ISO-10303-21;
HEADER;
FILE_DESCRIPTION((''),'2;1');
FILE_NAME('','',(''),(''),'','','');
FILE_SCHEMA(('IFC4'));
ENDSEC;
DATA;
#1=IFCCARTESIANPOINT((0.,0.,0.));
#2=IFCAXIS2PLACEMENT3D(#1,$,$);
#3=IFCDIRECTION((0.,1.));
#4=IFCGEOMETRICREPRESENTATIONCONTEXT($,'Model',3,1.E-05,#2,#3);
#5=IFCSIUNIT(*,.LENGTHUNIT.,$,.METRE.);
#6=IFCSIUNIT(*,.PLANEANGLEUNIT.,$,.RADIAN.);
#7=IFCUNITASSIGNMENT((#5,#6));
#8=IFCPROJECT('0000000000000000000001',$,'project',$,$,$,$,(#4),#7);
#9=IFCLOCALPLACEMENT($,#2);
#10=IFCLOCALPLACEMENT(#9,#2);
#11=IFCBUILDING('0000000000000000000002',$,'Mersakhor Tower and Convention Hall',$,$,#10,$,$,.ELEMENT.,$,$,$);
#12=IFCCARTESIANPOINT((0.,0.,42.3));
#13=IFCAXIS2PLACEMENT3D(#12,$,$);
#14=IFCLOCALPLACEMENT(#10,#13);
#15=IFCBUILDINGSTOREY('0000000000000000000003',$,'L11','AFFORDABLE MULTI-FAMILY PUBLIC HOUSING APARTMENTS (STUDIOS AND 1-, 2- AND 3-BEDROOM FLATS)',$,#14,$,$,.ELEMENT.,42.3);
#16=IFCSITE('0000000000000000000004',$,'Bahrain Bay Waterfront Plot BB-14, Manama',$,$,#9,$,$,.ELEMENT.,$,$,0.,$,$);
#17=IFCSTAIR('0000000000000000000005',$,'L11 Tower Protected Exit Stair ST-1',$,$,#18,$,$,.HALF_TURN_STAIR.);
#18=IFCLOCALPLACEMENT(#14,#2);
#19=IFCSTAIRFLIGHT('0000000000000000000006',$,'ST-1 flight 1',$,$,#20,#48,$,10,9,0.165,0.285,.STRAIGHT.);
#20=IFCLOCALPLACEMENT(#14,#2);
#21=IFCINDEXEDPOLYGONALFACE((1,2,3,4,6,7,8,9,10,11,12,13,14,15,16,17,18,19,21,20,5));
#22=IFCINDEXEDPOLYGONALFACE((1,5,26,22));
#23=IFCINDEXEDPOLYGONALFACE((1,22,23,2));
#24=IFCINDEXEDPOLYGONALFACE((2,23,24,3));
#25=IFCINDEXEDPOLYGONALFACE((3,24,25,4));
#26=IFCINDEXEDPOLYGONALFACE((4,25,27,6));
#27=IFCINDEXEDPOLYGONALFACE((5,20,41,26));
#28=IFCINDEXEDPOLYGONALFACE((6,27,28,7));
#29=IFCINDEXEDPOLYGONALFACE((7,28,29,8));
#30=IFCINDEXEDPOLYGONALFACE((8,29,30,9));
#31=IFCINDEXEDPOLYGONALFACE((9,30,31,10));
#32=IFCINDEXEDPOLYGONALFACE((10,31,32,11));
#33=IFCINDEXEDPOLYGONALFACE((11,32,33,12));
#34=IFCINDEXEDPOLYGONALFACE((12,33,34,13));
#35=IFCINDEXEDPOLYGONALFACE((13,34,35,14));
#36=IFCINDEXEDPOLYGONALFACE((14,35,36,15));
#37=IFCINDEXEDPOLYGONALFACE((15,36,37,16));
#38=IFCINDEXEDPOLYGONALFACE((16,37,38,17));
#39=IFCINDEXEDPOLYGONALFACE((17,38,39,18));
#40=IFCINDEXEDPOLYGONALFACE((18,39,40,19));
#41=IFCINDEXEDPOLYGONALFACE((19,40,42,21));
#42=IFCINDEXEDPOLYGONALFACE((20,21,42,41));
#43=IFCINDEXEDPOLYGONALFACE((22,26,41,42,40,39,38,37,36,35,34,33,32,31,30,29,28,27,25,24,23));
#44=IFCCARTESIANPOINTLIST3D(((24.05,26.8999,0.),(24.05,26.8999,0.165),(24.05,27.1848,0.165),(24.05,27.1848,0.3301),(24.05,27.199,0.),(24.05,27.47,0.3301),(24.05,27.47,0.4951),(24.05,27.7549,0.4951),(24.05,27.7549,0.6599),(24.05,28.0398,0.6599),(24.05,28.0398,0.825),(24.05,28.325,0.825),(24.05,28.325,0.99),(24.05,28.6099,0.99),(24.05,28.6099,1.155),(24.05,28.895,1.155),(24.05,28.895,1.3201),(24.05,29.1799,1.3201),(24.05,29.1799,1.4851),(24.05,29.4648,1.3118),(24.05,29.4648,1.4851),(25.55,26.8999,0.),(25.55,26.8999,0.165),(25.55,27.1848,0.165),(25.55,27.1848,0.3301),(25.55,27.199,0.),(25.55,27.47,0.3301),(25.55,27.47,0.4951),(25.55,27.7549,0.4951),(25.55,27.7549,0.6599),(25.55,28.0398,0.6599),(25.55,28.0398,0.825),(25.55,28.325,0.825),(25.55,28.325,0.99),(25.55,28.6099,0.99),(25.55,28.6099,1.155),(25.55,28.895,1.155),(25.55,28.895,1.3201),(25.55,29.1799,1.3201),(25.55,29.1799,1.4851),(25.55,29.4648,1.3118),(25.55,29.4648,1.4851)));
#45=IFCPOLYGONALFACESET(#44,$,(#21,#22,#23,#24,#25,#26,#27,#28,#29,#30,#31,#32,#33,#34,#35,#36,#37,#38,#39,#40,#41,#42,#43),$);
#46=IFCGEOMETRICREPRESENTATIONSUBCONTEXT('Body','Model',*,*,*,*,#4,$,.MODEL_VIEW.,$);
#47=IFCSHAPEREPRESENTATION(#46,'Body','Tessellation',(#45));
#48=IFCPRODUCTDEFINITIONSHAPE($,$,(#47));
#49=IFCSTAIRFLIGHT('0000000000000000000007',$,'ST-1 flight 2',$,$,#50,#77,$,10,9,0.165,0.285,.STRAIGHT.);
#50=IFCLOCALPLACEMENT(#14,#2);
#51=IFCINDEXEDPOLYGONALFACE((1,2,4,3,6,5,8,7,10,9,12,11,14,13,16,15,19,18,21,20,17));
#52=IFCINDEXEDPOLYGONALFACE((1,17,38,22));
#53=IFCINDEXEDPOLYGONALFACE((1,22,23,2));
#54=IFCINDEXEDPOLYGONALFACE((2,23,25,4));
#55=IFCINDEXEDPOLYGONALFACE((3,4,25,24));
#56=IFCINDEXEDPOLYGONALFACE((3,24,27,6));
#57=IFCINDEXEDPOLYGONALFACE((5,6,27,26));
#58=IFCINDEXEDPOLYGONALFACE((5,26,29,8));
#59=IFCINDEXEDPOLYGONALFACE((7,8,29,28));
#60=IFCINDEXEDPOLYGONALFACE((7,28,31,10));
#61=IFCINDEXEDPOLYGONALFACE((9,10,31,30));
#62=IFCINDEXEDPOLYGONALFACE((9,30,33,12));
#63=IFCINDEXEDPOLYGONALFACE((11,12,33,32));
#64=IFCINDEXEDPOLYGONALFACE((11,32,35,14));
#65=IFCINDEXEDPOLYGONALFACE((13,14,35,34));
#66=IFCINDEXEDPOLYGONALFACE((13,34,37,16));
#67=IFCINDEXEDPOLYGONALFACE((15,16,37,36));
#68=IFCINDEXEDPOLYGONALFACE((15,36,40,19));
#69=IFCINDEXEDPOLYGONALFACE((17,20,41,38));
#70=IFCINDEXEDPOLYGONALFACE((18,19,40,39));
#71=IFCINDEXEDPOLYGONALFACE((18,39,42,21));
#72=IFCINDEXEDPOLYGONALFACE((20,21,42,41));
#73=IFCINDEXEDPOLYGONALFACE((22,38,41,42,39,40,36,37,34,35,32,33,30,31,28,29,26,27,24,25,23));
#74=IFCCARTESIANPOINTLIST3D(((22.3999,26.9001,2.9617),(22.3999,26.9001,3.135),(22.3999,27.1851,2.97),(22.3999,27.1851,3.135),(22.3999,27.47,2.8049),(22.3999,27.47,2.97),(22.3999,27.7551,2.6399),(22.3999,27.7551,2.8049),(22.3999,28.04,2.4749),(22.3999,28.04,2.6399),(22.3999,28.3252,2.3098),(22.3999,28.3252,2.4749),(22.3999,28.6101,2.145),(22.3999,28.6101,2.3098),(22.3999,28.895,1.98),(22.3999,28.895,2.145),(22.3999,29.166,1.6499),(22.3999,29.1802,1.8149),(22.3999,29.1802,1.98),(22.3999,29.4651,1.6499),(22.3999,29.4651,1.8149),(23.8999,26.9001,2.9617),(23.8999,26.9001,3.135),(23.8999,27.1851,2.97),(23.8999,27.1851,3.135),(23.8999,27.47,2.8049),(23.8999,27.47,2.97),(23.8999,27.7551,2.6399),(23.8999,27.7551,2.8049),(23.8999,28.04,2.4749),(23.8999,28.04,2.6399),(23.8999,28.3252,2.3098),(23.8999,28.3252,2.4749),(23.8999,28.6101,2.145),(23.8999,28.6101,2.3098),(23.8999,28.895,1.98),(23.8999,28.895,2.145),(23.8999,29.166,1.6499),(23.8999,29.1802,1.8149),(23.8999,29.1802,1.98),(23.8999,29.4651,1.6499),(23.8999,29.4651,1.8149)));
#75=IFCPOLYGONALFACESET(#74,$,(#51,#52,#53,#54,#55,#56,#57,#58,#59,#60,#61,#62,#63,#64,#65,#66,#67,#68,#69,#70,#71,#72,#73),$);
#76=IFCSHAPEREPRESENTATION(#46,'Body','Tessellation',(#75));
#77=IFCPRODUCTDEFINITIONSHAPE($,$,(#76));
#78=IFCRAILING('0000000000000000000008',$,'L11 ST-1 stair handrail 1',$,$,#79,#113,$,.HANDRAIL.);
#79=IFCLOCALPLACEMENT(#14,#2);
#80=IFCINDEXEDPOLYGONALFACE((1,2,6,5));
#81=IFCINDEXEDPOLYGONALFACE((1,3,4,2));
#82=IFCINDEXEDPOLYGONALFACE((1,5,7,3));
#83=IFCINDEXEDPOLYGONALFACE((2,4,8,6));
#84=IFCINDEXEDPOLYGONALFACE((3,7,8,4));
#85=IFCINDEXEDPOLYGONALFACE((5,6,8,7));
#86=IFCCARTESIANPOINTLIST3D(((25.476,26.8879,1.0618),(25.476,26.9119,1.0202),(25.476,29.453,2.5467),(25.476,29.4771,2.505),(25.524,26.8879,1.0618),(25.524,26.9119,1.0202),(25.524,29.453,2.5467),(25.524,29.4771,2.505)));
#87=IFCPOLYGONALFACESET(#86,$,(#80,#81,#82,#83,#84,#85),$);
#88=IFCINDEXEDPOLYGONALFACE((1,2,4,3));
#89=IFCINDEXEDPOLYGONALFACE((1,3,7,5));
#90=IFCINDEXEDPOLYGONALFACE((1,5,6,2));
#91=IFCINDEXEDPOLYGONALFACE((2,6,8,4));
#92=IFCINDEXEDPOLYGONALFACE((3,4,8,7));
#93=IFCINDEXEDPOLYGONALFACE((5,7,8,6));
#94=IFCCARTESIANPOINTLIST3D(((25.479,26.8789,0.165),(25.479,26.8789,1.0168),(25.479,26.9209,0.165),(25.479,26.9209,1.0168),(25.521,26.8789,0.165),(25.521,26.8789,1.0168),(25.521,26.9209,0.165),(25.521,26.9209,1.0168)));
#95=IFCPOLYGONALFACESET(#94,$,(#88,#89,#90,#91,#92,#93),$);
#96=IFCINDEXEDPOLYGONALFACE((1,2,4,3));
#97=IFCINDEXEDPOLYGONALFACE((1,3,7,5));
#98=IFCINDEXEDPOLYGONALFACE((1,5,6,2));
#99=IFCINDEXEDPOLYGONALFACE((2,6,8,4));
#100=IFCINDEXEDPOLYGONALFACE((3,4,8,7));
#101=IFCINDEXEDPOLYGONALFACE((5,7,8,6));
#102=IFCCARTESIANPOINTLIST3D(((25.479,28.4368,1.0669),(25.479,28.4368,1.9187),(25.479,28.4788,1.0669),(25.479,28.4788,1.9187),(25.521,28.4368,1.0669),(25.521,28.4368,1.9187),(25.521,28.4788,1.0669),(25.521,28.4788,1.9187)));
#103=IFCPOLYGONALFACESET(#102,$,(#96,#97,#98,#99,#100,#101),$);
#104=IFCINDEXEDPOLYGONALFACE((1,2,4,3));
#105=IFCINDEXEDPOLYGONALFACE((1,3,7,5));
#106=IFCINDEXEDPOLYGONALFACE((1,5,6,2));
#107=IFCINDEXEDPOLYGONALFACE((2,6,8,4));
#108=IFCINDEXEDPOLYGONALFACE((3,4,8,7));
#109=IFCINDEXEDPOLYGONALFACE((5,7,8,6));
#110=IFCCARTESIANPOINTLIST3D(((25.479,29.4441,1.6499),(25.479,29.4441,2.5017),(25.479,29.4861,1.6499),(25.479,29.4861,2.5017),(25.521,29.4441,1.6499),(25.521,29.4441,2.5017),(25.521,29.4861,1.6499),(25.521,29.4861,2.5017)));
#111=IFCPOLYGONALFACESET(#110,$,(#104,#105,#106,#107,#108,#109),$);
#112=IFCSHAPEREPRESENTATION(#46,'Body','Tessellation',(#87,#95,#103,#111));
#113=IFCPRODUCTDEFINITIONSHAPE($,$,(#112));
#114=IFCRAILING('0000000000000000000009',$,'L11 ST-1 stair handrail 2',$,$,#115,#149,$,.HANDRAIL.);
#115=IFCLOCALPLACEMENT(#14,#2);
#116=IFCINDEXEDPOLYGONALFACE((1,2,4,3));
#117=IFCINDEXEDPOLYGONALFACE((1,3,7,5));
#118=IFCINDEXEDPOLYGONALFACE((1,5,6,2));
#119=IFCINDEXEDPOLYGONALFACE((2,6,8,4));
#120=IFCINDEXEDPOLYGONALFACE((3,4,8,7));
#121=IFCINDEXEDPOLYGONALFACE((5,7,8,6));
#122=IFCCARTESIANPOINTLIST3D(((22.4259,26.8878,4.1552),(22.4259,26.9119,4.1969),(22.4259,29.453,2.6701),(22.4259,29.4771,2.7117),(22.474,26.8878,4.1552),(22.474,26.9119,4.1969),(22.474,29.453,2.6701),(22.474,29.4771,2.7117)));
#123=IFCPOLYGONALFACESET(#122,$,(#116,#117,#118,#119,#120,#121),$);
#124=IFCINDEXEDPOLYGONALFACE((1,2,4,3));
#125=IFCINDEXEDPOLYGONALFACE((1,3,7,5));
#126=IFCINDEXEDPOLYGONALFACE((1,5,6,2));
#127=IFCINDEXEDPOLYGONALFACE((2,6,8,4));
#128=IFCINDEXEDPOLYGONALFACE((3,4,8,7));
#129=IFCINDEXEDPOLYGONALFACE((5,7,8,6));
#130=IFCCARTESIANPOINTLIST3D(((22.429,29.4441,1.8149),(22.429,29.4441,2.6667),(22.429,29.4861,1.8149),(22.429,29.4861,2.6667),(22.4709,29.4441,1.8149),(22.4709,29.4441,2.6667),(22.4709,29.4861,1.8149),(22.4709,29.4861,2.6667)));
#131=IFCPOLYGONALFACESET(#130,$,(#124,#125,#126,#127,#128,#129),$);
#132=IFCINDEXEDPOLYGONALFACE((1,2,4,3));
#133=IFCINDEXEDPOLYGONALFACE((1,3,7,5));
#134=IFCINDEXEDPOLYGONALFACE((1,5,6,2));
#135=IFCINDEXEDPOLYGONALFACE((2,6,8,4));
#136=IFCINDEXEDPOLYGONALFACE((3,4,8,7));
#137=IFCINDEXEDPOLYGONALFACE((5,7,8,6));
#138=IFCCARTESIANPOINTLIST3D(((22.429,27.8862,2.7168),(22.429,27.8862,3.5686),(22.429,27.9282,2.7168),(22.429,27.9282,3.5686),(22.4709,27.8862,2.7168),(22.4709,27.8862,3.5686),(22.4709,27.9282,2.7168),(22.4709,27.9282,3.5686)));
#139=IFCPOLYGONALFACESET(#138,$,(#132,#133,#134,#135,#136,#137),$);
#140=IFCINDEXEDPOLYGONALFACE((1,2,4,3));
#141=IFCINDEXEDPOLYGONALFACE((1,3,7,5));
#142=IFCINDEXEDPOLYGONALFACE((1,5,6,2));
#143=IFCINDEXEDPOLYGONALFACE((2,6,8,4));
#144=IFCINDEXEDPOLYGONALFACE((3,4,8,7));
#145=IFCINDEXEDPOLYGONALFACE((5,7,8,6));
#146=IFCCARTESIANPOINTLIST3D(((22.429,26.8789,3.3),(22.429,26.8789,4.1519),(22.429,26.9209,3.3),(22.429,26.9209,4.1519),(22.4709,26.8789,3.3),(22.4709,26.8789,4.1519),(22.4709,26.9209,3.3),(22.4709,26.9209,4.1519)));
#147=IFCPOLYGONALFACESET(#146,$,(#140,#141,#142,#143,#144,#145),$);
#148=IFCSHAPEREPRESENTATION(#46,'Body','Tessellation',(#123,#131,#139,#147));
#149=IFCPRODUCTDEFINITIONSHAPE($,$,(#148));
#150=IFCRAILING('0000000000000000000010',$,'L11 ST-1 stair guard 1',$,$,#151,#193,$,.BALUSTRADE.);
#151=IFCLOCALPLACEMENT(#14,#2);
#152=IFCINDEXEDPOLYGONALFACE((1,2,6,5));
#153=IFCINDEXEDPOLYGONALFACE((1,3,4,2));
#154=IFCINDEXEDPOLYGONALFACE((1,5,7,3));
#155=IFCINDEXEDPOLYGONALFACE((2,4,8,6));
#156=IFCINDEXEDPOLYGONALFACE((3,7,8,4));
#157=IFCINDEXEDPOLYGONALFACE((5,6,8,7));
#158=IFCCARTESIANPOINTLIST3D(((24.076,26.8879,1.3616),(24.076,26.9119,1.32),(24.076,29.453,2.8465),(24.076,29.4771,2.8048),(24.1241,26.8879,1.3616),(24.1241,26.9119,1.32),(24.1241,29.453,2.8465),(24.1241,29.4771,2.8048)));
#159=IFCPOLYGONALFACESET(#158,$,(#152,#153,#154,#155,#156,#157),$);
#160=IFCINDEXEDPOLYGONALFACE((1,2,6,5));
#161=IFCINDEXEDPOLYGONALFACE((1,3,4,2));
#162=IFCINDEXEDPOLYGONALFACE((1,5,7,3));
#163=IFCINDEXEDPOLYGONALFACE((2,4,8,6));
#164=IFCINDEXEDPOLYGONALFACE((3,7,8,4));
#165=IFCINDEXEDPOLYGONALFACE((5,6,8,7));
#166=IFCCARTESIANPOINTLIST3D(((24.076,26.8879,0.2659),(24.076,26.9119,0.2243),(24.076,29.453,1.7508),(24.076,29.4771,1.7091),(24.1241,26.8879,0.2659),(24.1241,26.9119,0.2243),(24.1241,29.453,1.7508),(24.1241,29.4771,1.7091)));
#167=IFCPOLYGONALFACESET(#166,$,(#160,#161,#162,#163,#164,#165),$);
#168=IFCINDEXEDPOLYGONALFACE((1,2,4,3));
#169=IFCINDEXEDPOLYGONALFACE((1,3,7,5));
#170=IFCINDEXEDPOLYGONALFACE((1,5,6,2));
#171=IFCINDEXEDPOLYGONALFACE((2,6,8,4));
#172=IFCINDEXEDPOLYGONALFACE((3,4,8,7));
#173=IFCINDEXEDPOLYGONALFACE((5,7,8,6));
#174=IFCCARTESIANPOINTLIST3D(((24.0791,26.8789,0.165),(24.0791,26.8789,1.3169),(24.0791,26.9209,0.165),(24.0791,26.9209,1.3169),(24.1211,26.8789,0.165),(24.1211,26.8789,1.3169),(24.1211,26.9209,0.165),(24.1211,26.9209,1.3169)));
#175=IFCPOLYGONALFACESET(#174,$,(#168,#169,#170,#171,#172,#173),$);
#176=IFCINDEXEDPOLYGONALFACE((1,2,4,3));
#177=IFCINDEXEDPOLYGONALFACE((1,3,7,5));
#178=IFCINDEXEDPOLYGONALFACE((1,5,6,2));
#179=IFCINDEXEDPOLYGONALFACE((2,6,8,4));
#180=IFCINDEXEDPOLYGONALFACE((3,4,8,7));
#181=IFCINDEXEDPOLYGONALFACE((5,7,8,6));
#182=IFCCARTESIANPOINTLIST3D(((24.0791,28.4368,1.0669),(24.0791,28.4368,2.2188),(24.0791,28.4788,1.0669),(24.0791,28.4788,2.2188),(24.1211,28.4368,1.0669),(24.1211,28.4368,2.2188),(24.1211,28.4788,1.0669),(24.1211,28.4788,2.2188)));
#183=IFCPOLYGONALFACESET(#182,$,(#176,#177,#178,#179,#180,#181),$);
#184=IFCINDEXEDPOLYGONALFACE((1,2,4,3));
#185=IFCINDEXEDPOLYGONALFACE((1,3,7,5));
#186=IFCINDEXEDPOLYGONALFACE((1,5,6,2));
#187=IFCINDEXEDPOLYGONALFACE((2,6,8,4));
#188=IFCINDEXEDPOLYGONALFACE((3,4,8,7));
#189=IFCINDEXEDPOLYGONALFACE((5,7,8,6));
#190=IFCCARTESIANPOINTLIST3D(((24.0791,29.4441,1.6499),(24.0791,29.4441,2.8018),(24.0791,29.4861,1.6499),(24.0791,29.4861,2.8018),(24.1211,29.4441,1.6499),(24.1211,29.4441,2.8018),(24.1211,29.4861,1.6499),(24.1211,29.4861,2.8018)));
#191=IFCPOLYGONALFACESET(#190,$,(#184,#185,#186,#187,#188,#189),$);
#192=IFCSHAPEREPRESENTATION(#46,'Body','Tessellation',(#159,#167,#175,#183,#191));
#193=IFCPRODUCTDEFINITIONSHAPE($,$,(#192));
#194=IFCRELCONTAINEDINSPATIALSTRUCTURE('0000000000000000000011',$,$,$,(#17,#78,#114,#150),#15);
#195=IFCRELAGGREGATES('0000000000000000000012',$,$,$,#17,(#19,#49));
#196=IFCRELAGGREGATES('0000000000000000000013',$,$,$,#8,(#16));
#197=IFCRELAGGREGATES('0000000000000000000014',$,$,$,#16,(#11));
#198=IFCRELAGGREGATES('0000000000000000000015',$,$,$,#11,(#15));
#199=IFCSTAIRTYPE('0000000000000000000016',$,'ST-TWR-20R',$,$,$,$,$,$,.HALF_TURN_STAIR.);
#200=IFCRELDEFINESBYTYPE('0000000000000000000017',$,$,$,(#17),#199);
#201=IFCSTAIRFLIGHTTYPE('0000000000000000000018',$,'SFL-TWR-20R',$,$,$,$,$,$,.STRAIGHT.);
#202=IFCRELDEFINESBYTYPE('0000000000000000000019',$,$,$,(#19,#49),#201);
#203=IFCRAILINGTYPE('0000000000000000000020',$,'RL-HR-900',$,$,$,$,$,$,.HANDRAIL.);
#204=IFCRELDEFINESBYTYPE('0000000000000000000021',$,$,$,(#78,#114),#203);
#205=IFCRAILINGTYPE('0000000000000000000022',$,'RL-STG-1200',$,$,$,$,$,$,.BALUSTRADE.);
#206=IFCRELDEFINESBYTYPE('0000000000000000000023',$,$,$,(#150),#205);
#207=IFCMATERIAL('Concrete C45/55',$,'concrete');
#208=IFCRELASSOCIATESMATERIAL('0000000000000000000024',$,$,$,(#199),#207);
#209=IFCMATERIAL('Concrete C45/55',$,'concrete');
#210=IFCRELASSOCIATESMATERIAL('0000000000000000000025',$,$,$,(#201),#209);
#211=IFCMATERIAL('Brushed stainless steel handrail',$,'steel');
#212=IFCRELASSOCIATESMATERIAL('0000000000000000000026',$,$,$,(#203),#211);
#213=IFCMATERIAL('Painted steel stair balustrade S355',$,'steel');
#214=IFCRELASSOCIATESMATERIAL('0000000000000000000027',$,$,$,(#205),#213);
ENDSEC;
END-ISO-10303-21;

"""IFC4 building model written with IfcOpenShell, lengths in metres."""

from ifc_helpers import new_model, si_unit, direction, frame, origin, origin_2d, place, context, subcontext, project, spatial, polyline, rectangle, outline, extrude, material, type_object, element, aggregate, save


model = new_model("IFC4")

# Units and contexts
model_context = context("Model", 3, precision=1e-05, world=origin(), true_north=direction((0.0, 1.0)))
body_context = subcontext(model_context, "Body", "Model", "MODEL_VIEW")
ifc_project = project(units=[si_unit("LENGTHUNIT", "METRE"), si_unit("PLANEANGLEUNIT", "RADIAN")], contexts=[model_context])

# Site, building, storey
site_placement = place(None, origin())
site = spatial("IfcSite", under=ifc_project, at=site_placement, Name="Bahrain Bay Waterfront Plot BB-14, Manama", CompositionType="ELEMENT", RefElevation=0.0)
building_placement = place(site_placement, origin())
building = spatial("IfcBuilding", under=site, at=building_placement, Name="Mersakhor Tower and Convention Hall", CompositionType="ELEMENT")
storey_placement = place(building_placement, frame((0.0, 0.0, 42.3)))
storey = spatial("IfcBuildingStorey", under=building, at=storey_placement, Name="L11", Description="AFFORDABLE MULTI-FAMILY PUBLIC HOUSING APARTMENTS (STUDIOS AND 1-, 2- AND 3-BEDROOM FLATS)", CompositionType="ELEMENT", Elevation=42.3)

# Stair, stair flights
ifc_material_1 = material(Name="Concrete C45/55", Category="concrete")
stair_type = type_object("IfcStairType", Name="ST-TWR-20R", PredefinedType="HALF_TURN_STAIR", material=ifc_material_1)
stair_placement = place(storey_placement, origin())
stair = element("IfcStair", 1, at=stair_placement, inside=storey, type_object=stair_type, Name="L11 Tower Protected Exit Stair ST-1", PredefinedType="HALF_TURN_STAIR")
ifc_material_2 = material(Name="Concrete C45/55", Category="concrete")
stair_flight_type = type_object("IfcStairFlightType", Name="SFL-TWR-20R", PredefinedType="STRAIGHT", material=ifc_material_2)
stair_flight_1_placement = place(storey_placement, frame((24.8, 26.8999, 0.0), z_axis=(0.0, 0.0, 1.0), x_axis=(0.0, 1.0, 0.0)))
stair_flight_1 = element("IfcStairFlight", 2, at=stair_flight_1_placement, type_object=stair_flight_type, Name="ST-1 flight 1", NumberOfRisers=10, NumberOfTreads=9, PredefinedType="STRAIGHT", RiserHeight=0.165, TreadLength=0.285, context=body_context, shape_type="SweptSolid", body=[
    extrude(outline(polyline([(0.0, 0.0), (0.0, 0.165), (0.2849, 0.165), (0.2849, 0.3301), (0.5701, 0.3301), (0.5701, 0.4951), (0.855, 0.4951), (0.855, 0.6599), (1.1399, 0.6599), (1.1399, 0.825), (1.425, 0.825), (1.425, 0.99), (1.71, 0.99), (1.71, 1.155), (1.9951, 1.155), (1.9951, 1.3201), (2.28, 1.3201), (2.28, 1.4851), (2.5649, 1.4851), (2.5649, 1.6499), (2.5649, 1.3118), (0.2991, 0.0), (0.0, 0.0)])), frame((0.0, 0.75, 0.0), z_axis=(0.0, -1.0, 0.0), x_axis=(1.0, 0.0, 0.0)), (0.0, 0.0, 1.0), 1.5),
])
stair_flight_2_placement = place(storey_placement, frame((23.1499, 29.4651, 1.6499), z_axis=(0.0, 0.0, 1.0), x_axis=(0.0, -1.0, 0.0)))
stair_flight_2 = element("IfcStairFlight", 3, at=stair_flight_2_placement, type_object=stair_flight_type, Name="ST-1 flight 2", NumberOfRisers=10, NumberOfTreads=9, PredefinedType="STRAIGHT", RiserHeight=0.165, TreadLength=0.285, context=body_context, shape_type="SweptSolid", body=[
    extrude(outline(polyline([(0.0, 0.0), (0.0, 0.165), (0.2849, 0.165), (0.2849, 0.3301), (0.5701, 0.3301), (0.5701, 0.4951), (0.855, 0.4951), (0.855, 0.6599), (1.1399, 0.6599), (1.1399, 0.825), (1.425, 0.825), (1.425, 0.99), (1.71, 0.99), (1.71, 1.155), (1.9951, 1.155), (1.9951, 1.3201), (2.28, 1.3201), (2.28, 1.4851), (2.5649, 1.4851), (2.5649, 1.6499), (2.5649, 1.3118), (0.2991, 0.0), (0.0, 0.0)])), frame((0.0, 0.75, 0.0), z_axis=(0.0, -1.0, 0.0), x_axis=(1.0, 0.0, 0.0)), (0.0, 0.0, 1.0), 1.5),
])
aggregate(stair, [stair_flight_1, stair_flight_2])

# Railings
ifc_material_3 = material(Name="Brushed stainless steel handrail", Category="steel")
railing_type_1 = type_object("IfcRailingType", Name="RL-HR-900", PredefinedType="HANDRAIL", material=ifc_material_3)
railing_1_placement = place(storey_placement, frame((25.5, 26.8999, 0.165)))
element("IfcRailing", 4, at=railing_1_placement, inside=storey, type_object=railing_type_1, Name="L11 ST-1 stair handrail 1", PredefinedType="HANDRAIL", context=body_context, shape_type="SweptSolid", body=[
    extrude(rectangle(XDim=0.0481, YDim=0.0481, at=origin_2d()), frame((0.0, 0.0, 0.876), z_axis=(0.0, 0.865462, 0.500975), x_axis=(-1.0, 0.0, 0.0)), (0.0, 0.0, 1.0), 2.9639),
    extrude(rectangle(XDim=0.042, YDim=0.042, at=origin_2d()), origin(), (0.0, 0.0, 1.0), 0.8518),
    extrude(rectangle(XDim=0.042, YDim=0.042, at=origin_2d()), frame((0.0, 1.5579, 0.9019)), (0.0, 0.0, 1.0), 0.8518),
    extrude(rectangle(XDim=0.042, YDim=0.042, at=origin_2d()), frame((0.0, 2.5652, 1.4849)), (0.0, 0.0, 1.0), 0.8518),
])
railing_2_placement = place(storey_placement, frame((22.45, 29.4651, 1.8149)))
element("IfcRailing", 5, at=railing_2_placement, inside=storey, type_object=railing_type_1, Name="L11 ST-1 stair handrail 2", PredefinedType="HANDRAIL", context=body_context, shape_type="SweptSolid", body=[
    extrude(rectangle(XDim=0.0481, YDim=0.0481, at=origin_2d()), frame((0.0, 0.0, 0.876), z_axis=(0.0, -0.865426, 0.501036), x_axis=(1.0, 0.0, 0.0)), (0.0, 0.0, 1.0), 2.9641),
    extrude(rectangle(XDim=0.042, YDim=0.042, at=origin_2d()), origin(), (0.0, 0.0, 1.0), 0.8518),
    extrude(rectangle(XDim=0.042, YDim=0.042, at=origin_2d()), frame((0.0, -1.5579, 0.9019)), (0.0, 0.0, 1.0), 0.8518),
    extrude(rectangle(XDim=0.042, YDim=0.042, at=origin_2d()), frame((0.0, -2.5652, 1.4851)), (0.0, 0.0, 1.0), 0.8518),
])
ifc_material_4 = material(Name="Painted steel stair balustrade S355", Category="steel")
railing_type_2 = type_object("IfcRailingType", Name="RL-STG-1200", PredefinedType="BALUSTRADE", material=ifc_material_4)
railing_3_placement = place(storey_placement, frame((24.1001, 26.8999, 0.165)))
element("IfcRailing", 6, at=railing_3_placement, inside=storey, type_object=railing_type_2, Name="L11 ST-1 stair guard 1", PredefinedType="BALUSTRADE", context=body_context, shape_type="SweptSolid", body=[
    extrude(rectangle(XDim=0.0481, YDim=0.0481, at=origin_2d()), frame((0.0, 0.0, 1.1758), z_axis=(0.0, 0.865462, 0.500975), x_axis=(-1.0, 0.0, 0.0)), (0.0, 0.0, 1.0), 2.9639),
    extrude(rectangle(XDim=0.0481, YDim=0.0481, at=origin_2d()), frame((0.0, 0.0, 0.0801), z_axis=(0.0, 0.865462, 0.500975), x_axis=(-1.0, 0.0, 0.0)), (0.0, 0.0, 1.0), 2.9639),
    extrude(rectangle(XDim=0.042, YDim=0.042, at=origin_2d()), origin(), (0.0, 0.0, 1.0), 1.1519),
    extrude(rectangle(XDim=0.042, YDim=0.042, at=origin_2d()), frame((0.0, 1.5579, 0.9019)), (0.0, 0.0, 1.0), 1.1519),
    extrude(rectangle(XDim=0.042, YDim=0.042, at=origin_2d()), frame((0.0, 2.5652, 1.4849)), (0.0, 0.0, 1.0), 1.1519),
])

save(model, "model.ifc")
